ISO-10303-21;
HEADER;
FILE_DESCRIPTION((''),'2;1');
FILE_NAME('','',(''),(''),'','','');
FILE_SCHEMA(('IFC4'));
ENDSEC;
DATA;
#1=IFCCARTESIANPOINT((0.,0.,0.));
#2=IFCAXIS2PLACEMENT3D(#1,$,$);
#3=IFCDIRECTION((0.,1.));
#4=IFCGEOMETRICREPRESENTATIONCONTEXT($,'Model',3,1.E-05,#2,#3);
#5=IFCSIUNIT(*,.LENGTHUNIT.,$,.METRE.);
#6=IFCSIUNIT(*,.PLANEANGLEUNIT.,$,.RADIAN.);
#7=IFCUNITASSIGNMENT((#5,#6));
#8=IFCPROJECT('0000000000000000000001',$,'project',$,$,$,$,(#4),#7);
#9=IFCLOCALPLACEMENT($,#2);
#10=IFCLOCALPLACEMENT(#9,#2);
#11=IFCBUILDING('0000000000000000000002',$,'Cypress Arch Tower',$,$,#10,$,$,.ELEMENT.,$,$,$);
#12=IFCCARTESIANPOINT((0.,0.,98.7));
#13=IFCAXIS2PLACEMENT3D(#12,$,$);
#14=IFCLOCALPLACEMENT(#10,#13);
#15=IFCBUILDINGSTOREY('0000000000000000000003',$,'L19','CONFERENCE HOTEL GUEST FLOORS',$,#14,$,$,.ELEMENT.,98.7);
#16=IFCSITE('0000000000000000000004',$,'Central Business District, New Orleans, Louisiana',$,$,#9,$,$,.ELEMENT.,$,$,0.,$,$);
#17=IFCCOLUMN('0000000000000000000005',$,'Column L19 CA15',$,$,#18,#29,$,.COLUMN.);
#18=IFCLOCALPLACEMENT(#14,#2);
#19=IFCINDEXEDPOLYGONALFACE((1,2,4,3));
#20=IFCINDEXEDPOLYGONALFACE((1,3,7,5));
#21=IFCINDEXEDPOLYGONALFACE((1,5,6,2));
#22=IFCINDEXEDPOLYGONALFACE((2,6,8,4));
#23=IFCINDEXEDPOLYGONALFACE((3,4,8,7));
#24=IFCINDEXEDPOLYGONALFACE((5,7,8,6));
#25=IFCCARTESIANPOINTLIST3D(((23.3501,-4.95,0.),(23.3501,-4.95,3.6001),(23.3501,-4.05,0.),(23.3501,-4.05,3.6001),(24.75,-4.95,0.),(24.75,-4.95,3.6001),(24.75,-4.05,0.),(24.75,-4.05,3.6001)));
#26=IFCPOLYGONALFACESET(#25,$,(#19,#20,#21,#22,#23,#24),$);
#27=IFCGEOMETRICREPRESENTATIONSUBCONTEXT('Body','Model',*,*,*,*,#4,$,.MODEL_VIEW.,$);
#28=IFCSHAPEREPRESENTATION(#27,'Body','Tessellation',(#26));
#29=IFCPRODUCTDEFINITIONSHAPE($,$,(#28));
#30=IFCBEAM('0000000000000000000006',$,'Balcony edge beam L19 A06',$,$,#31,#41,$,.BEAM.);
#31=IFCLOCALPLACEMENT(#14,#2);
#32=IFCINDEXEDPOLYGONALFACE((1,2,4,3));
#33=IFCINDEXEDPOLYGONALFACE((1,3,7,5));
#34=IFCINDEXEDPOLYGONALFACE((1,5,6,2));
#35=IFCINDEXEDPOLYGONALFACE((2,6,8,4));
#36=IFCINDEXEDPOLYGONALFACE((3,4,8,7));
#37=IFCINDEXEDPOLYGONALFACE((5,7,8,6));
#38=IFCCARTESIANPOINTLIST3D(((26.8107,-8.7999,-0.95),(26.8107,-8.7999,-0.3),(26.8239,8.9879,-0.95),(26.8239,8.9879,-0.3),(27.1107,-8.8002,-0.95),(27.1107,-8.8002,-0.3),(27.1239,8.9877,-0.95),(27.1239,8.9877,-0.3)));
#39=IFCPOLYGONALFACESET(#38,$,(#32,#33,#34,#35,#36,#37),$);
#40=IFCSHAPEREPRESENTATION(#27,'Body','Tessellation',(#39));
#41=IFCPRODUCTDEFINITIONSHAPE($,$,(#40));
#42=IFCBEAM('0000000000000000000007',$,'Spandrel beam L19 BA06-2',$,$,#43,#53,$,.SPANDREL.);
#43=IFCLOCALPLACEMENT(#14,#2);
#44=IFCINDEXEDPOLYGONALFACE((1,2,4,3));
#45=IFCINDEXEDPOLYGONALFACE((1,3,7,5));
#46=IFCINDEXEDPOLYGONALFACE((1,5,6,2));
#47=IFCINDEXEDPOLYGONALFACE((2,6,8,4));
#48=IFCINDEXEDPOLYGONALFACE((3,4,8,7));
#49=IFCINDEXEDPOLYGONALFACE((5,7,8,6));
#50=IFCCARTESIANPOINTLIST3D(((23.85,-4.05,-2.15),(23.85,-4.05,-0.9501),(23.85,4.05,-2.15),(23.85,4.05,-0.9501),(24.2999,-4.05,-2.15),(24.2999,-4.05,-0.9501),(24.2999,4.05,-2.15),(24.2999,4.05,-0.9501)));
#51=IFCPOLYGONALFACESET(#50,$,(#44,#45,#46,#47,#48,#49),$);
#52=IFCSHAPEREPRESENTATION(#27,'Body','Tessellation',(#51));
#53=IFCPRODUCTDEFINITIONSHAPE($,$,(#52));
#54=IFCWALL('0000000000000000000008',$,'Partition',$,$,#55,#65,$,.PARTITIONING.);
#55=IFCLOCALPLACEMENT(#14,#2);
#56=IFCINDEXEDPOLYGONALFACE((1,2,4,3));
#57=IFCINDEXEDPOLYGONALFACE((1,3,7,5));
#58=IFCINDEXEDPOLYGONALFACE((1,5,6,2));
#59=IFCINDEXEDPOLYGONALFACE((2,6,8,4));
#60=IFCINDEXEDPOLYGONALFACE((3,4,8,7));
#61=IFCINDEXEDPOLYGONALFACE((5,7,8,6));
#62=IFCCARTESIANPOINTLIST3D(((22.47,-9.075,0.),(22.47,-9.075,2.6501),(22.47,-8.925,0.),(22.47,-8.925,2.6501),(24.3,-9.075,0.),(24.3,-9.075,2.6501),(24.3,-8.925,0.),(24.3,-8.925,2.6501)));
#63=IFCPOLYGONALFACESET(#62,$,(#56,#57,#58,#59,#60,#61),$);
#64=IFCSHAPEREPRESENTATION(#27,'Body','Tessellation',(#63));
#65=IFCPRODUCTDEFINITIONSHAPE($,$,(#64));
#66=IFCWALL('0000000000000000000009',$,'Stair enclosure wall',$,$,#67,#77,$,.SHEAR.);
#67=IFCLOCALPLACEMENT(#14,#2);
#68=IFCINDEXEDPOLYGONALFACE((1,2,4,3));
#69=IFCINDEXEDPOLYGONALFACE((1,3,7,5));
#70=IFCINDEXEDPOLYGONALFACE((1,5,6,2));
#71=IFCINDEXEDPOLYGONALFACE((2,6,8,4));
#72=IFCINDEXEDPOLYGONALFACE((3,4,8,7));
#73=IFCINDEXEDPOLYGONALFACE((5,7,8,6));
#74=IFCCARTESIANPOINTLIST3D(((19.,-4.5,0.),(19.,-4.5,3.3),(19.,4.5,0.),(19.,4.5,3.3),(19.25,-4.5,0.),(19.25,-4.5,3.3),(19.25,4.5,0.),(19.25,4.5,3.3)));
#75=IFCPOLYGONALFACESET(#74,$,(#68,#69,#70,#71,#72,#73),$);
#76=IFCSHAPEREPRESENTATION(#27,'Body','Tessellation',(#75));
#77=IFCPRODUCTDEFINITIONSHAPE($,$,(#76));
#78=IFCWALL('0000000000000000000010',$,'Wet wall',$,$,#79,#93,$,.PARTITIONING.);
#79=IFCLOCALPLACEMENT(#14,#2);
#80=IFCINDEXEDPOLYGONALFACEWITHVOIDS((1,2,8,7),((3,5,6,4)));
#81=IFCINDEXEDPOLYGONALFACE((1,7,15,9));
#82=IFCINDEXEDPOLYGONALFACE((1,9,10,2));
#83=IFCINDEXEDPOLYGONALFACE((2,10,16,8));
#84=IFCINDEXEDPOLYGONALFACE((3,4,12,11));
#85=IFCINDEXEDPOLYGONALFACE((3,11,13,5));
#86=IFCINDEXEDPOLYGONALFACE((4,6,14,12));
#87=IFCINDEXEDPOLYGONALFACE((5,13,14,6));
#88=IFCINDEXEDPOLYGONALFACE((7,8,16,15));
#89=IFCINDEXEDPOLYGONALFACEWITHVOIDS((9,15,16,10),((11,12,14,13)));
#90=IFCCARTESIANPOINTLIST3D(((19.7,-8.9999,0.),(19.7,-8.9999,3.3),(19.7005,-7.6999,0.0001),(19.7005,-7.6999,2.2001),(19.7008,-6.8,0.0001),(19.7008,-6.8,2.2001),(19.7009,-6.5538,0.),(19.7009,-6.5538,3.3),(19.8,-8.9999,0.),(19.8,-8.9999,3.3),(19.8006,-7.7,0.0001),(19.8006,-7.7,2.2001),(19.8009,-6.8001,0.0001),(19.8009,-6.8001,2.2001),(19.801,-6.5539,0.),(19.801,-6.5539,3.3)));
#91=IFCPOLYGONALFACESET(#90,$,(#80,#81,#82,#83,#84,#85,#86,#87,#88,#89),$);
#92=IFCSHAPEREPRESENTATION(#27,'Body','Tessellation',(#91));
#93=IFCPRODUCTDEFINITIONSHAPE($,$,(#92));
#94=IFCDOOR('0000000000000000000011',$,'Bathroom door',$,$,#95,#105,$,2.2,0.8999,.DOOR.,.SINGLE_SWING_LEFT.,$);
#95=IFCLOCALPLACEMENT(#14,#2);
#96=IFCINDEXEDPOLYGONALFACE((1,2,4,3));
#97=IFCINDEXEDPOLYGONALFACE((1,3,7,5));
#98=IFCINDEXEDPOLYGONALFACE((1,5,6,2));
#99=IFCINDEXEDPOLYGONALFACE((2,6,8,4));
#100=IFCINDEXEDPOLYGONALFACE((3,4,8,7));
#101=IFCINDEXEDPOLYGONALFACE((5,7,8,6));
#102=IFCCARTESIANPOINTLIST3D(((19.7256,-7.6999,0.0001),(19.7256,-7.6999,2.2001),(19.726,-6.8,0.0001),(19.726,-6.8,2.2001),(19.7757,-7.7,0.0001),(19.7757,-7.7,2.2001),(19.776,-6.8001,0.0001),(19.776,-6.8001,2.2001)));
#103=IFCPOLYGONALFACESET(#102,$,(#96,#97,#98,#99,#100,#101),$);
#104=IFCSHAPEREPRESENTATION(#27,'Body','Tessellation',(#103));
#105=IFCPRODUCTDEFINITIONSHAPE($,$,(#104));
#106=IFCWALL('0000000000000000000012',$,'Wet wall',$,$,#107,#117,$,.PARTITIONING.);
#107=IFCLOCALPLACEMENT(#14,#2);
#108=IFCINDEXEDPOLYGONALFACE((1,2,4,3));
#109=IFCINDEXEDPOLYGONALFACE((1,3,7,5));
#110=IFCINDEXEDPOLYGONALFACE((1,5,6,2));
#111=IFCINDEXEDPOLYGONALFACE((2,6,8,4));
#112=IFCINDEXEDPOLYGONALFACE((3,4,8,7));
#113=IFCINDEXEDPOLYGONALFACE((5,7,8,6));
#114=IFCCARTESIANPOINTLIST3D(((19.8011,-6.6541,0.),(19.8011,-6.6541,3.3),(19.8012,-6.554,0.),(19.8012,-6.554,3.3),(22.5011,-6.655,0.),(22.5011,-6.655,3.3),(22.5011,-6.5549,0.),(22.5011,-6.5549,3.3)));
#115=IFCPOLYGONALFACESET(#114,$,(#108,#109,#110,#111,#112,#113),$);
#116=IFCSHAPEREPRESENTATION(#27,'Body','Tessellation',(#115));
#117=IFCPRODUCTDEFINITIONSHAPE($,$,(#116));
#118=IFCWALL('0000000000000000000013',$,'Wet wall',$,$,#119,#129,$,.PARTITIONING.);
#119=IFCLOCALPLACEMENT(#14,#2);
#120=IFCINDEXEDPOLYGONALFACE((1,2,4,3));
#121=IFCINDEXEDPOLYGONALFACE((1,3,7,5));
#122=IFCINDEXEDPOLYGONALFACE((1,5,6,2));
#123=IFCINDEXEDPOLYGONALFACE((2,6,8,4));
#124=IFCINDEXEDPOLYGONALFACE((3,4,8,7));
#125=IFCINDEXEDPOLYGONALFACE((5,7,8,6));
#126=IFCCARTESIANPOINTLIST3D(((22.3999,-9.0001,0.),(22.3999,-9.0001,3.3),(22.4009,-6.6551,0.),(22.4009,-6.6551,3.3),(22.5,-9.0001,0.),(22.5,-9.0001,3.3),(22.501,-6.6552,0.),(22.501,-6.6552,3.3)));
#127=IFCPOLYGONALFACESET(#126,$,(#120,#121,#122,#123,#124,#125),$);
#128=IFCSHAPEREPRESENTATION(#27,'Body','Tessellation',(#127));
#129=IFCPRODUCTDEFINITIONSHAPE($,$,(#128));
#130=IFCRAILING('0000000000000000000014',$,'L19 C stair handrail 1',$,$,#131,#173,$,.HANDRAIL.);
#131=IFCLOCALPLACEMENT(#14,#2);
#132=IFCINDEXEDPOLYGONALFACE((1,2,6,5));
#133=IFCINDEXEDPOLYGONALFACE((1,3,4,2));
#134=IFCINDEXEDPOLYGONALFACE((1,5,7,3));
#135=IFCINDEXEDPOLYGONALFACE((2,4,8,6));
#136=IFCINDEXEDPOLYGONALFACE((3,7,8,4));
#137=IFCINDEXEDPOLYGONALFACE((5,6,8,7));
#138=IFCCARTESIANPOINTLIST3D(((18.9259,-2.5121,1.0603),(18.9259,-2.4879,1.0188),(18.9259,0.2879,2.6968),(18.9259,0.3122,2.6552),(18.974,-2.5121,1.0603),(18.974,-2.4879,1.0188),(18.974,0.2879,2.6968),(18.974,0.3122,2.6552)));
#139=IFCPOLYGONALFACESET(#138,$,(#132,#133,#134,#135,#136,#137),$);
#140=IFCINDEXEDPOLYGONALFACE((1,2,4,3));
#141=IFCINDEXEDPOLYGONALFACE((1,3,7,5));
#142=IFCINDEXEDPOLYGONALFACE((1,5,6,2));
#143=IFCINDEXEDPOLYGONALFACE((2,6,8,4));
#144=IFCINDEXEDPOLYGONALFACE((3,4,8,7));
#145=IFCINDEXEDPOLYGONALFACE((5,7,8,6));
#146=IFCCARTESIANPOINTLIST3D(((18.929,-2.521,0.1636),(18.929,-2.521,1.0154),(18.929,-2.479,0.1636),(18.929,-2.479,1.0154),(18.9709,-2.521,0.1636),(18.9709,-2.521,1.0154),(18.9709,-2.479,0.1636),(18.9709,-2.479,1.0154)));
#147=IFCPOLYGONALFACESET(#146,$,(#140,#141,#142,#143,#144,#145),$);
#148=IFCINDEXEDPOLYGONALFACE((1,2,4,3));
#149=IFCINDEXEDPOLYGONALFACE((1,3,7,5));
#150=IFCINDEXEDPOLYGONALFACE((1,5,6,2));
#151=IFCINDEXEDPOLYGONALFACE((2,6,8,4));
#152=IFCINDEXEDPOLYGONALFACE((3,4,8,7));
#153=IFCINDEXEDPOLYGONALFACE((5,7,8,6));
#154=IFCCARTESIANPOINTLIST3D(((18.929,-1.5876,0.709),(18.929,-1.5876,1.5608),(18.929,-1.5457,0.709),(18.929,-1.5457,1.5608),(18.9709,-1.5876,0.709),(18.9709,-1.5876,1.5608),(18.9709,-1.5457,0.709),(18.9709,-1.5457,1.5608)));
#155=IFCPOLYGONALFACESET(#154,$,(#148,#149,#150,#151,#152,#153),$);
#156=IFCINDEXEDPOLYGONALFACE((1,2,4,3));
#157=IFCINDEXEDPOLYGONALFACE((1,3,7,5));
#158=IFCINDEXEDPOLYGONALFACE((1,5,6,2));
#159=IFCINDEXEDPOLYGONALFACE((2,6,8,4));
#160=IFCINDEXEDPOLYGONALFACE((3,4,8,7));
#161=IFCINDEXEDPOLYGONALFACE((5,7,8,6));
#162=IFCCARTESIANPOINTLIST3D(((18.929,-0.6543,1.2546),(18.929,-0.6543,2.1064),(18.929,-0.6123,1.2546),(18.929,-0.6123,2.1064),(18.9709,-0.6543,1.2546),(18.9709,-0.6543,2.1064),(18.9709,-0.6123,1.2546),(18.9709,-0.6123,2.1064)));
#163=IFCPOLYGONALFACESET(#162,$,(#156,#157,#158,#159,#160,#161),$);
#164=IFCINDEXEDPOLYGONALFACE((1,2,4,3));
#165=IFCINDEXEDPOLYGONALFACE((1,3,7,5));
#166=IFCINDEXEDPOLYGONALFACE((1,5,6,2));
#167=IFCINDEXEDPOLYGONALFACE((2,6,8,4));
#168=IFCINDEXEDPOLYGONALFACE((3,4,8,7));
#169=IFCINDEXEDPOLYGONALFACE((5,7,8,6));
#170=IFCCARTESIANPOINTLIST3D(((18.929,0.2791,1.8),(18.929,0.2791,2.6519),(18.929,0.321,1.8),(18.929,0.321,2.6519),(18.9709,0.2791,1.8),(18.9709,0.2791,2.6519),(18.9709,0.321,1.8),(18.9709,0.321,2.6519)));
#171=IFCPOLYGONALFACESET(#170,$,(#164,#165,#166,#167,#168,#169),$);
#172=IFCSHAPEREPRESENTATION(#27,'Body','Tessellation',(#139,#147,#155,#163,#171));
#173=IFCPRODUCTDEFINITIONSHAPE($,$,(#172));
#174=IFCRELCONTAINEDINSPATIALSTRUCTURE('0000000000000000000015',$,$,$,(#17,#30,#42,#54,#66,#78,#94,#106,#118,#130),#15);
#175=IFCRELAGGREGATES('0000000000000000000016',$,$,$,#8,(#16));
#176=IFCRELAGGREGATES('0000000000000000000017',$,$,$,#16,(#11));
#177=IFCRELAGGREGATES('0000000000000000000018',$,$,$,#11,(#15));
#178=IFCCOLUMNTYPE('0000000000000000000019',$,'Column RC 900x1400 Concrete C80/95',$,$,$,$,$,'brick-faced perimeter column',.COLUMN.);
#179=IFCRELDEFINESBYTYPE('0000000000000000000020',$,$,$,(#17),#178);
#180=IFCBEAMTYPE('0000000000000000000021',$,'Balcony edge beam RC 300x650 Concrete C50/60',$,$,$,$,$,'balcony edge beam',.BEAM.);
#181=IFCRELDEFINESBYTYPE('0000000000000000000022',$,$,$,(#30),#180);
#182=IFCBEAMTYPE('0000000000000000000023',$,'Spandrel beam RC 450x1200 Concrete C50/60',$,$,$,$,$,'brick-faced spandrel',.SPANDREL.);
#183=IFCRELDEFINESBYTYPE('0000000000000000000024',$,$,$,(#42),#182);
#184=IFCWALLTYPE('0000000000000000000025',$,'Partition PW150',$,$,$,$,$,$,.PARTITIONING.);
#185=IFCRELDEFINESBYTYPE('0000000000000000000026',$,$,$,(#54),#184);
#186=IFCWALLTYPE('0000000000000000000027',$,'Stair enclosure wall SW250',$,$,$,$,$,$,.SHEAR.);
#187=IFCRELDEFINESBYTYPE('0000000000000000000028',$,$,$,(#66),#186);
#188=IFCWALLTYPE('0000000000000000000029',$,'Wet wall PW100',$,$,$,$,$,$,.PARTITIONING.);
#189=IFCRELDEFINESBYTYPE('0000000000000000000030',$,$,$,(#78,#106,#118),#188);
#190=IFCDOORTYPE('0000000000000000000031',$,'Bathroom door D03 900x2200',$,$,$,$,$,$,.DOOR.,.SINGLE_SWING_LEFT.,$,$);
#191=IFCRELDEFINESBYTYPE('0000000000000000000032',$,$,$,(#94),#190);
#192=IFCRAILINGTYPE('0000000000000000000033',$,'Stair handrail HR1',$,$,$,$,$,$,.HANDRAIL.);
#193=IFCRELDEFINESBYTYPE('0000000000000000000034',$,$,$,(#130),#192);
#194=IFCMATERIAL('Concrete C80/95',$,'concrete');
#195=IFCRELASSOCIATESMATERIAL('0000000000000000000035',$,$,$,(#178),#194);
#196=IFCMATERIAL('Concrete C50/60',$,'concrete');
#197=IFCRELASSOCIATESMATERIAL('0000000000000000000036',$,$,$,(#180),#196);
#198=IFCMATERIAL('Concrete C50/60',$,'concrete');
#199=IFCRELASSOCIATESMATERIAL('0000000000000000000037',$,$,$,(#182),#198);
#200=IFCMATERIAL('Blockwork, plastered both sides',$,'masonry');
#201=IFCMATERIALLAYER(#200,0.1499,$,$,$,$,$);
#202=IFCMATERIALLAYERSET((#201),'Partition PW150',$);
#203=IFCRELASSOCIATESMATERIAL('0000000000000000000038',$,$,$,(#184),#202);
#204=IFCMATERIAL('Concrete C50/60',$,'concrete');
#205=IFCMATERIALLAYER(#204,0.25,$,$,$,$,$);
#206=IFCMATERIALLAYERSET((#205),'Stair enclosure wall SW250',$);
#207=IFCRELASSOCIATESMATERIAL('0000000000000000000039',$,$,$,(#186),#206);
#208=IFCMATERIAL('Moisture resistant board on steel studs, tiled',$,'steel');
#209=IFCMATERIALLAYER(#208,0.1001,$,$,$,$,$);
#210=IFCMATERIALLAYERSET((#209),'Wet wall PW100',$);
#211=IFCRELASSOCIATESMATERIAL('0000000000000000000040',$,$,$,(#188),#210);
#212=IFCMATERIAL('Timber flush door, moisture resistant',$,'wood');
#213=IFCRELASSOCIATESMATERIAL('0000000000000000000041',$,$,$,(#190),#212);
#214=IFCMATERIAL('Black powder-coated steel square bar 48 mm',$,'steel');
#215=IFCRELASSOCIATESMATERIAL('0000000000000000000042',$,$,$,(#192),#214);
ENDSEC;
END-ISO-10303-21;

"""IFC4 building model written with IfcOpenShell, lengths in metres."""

from ifc_helpers import new_model, si_unit, direction, frame, frame_2d, origin, origin_2d, place, context, subcontext, project, spatial, rectangle, extrude, material, layer, layer_set, material_profile, profile_set, type_object, element, fill, save


model = new_model("IFC4")

# Units and contexts
model_context = context("Model", 3, precision=1e-05, world=origin(), true_north=direction((0.0, 1.0)))
body_context = subcontext(model_context, "Body", "Model", "MODEL_VIEW")
ifc_project = project(units=[si_unit("LENGTHUNIT", "METRE"), si_unit("PLANEANGLEUNIT", "RADIAN")], contexts=[model_context])

# Site, building, storey
site_placement = place(None, origin())
site = spatial("IfcSite", under=ifc_project, at=site_placement, Name="Central Business District, New Orleans, Louisiana", CompositionType="ELEMENT", RefElevation=0.0)
building_placement = place(site_placement, origin())
building = spatial("IfcBuilding", under=site, at=building_placement, Name="Cypress Arch Tower", CompositionType="ELEMENT")
storey_placement = place(building_placement, frame((0.0, 0.0, 98.7)))
storey = spatial("IfcBuildingStorey", under=building, at=storey_placement, Name="L19", Description="CONFERENCE HOTEL GUEST FLOORS", CompositionType="ELEMENT", Elevation=98.7)

# Column
ifc_material_1 = material(Name="Concrete C80/95", Category="concrete")
ifc_material_profile_1 = material_profile(ifc_material_1, rectangle(XDim=0.8999, YDim=1.3999, at=origin_2d()), Name="RC 900x1400")
ifc_profile_set_1 = profile_set([ifc_material_profile_1], Name="Concrete C80/95")
column_type = type_object("IfcColumnType", Name="Column RC 900x1400 Concrete C80/95", ElementType="brick-faced perimeter column", PredefinedType="COLUMN", material=ifc_profile_set_1)
column_placement = place(storey_placement, frame((24.05, -4.5, 0.0), z_axis=(0.0, 0.0, 1.0), x_axis=(0.0, 1.0, 0.0)))
element("IfcColumn", 1, at=column_placement, inside=storey, type_object=column_type, Name="Column L19 CA15", PredefinedType="COLUMN", context=body_context, shape_type="SweptSolid", body=[
    extrude(rectangle(XDim=0.8999, YDim=1.3999, at=origin_2d()), origin(), (0.0, 0.0, 1.0), 3.6001),
])

# Beams
ifc_material_2 = material(Name="Concrete C50/60", Category="concrete")
ifc_material_profile_2 = material_profile(ifc_material_2, rectangle(XDim=0.3, YDim=0.6499, at=origin_2d()), Name="RC 300x650")
ifc_profile_set_2 = profile_set([ifc_material_profile_2], Name="Concrete C50/60")
beam_type_1 = type_object("IfcBeamType", Name="Balcony edge beam RC 300x650 Concrete C50/60", ElementType="balcony edge beam", PredefinedType="BEAM", material=ifc_profile_set_2)
beam_1_placement = place(storey_placement, frame((26.9607, -8.8, -0.625), z_axis=(0.000741, 1.0, 0.0), x_axis=(-1.0, 0.000741, 0.0)))
element("IfcBeam", 2, at=beam_1_placement, inside=storey, type_object=beam_type_1, Name="Balcony edge beam L19 A06", PredefinedType="BEAM", context=body_context, shape_type="SweptSolid", body=[
    extrude(rectangle(XDim=0.3, YDim=0.6499, at=origin_2d()), origin(), (0.0, 0.0, 1.0), 17.7878),
])
ifc_material_3 = material(Name="Concrete C50/60", Category="concrete")
ifc_material_profile_3 = material_profile(ifc_material_3, rectangle(XDim=0.45, YDim=1.2, at=origin_2d()), Name="RC 450x1200")
ifc_profile_set_3 = profile_set([ifc_material_profile_3], Name="Concrete C50/60")
beam_type_2 = type_object("IfcBeamType", Name="Spandrel beam RC 450x1200 Concrete C50/60", ElementType="brick-faced spandrel", PredefinedType="SPANDREL", material=ifc_profile_set_3)
beam_2_placement = place(storey_placement, frame((24.075, -4.05, -1.55), z_axis=(0.0, 1.0, 0.0), x_axis=(-1.0, 0.0, 0.0)))
element("IfcBeam", 3, at=beam_2_placement, inside=storey, type_object=beam_type_2, Name="Spandrel beam L19 BA06-2", PredefinedType="SPANDREL", context=body_context, shape_type="SweptSolid", body=[
    extrude(rectangle(XDim=0.45, YDim=1.2, at=origin_2d()), origin(), (0.0, 0.0, 1.0), 8.1001),
])

# Walls
ifc_material_4 = material(Name="Blockwork, plastered both sides", Category="masonry")
ifc_layer_1 = layer(ifc_material_4, 0.1499)
ifc_layer_set_1 = layer_set([ifc_layer_1], Name="Partition PW150")
wall_type_1 = type_object("IfcWallType", Name="Partition PW150", PredefinedType="PARTITIONING", material=ifc_layer_set_1)
wall_1_placement = place(storey_placement, frame((22.47, -9.0, 0.0), z_axis=(0.0, 0.0, 1.0), x_axis=(1.0, 0.0, 0.0)))
element("IfcWall", 4, at=wall_1_placement, inside=storey, type_object=wall_type_1, Name="Partition", PredefinedType="PARTITIONING", context=body_context, shape_type="SweptSolid", body=[
    extrude(rectangle(XDim=1.8301, YDim=0.1499, at=frame_2d((0.915, 0.0))), origin(), (0.0, 0.0, 1.0), 2.6501),
])
ifc_material_5 = material(Name="Concrete C50/60", Category="concrete")
ifc_layer_2 = layer(ifc_material_5, 0.25)
ifc_layer_set_2 = layer_set([ifc_layer_2], Name="Stair enclosure wall SW250")
wall_type_2 = type_object("IfcWallType", Name="Stair enclosure wall SW250", PredefinedType="SHEAR", material=ifc_layer_set_2)
wall_2_placement = place(storey_placement, frame((19.125, -4.5, 0.0), z_axis=(0.0, 0.0, 1.0), x_axis=(0.0, 1.0, 0.0)))
element("IfcWall", 5, at=wall_2_placement, inside=storey, type_object=wall_type_2, Name="Stair enclosure wall", PredefinedType="SHEAR", context=body_context, shape_type="SweptSolid", body=[
    extrude(rectangle(XDim=9.0, YDim=0.25, at=frame_2d((4.5, 0.0))), origin(), (0.0, 0.0, 1.0), 3.3),
])

# Wall, opening, door
ifc_material_6 = material(Name="Moisture resistant board on steel studs, tiled", Category="steel")
ifc_layer_3 = layer(ifc_material_6, 0.1001)
ifc_layer_set_3 = layer_set([ifc_layer_3], Name="Wet wall PW100")
wall_type_3 = type_object("IfcWallType", Name="Wet wall PW100", PredefinedType="PARTITIONING", material=ifc_layer_set_3)
wall_3_placement = place(storey_placement, frame((19.75, -9.0, 0.0), z_axis=(0.0, 0.0, 1.0), x_axis=(0.000399, 1.0, 0.0)))
wall_3 = element("IfcWall", 6, at=wall_3_placement, inside=storey, type_object=wall_type_3, Name="Wet wall", PredefinedType="PARTITIONING", context=body_context, shape_type="SweptSolid", body=[
    extrude(rectangle(XDim=2.446, YDim=0.1001, at=frame_2d((1.2231, 0.0))), origin(), (0.0, 0.0, 1.0), 3.3),
])
opening_1_placement = place(wall_3_placement, frame((1.3, 0.0, 0.0)))
opening_1 = element("IfcOpeningElement", 7, at=opening_1_placement, cuts=wall_3, PredefinedType="OPENING", context=body_context, shape_type="SweptSolid", body=[
    extrude(rectangle(XDim=0.8999, YDim=2.2, at=frame_2d((0.45, 1.1001))), frame((0.0, 0.0601, 0.0), z_axis=(0.0, -1.0, 0.0), x_axis=(1.0, 0.0, 0.0)), (0.0, 0.0, 1.0), 0.1201),
])
ifc_material_7 = material(Name="Timber flush door, moisture resistant", Category="wood")
door_type_1 = type_object("IfcDoorType", Name="Bathroom door D03 900x2200", OperationType="SINGLE_SWING_LEFT", PredefinedType="DOOR", material=ifc_material_7)
door_1_placement = place(opening_1_placement, origin())
door_1 = element("IfcDoor", 8, at=door_1_placement, inside=storey, type_object=door_type_1, Name="Bathroom door", OperationType="SINGLE_SWING_LEFT", OverallHeight=2.2, OverallWidth=0.8999, PredefinedType="DOOR", context=body_context, shape_type="SweptSolid", body=[
    extrude(rectangle(XDim=0.8999, YDim=2.2, at=frame_2d((0.45, 1.1001))), frame((0.0, 0.0249, 0.0), z_axis=(0.0, -1.0, 0.0), x_axis=(1.0, 0.0, 0.0)), (0.0, 0.0, 1.0), 0.05),
])
fill(opening_1, door_1)

# Walls
wall_4_placement = place(storey_placement, frame((19.801, -6.604, 0.0), z_axis=(0.0, 0.0, 1.0), x_axis=(1.0, -0.000362, 0.0)))
element("IfcWall", 9, at=wall_4_placement, inside=storey, type_object=wall_type_3, Name="Wet wall", PredefinedType="PARTITIONING", context=body_context, shape_type="SweptSolid", body=[
    extrude(rectangle(XDim=2.7, YDim=0.1001, at=frame_2d((1.3501, 0.0))), origin(), (0.0, 0.0, 1.0), 3.3),
])
wall_5_placement = place(storey_placement, frame((22.45, -9.0, 0.0), z_axis=(0.0, 0.0, 1.0), x_axis=(0.000416, 1.0, 0.0)))
element("IfcWall", 10, at=wall_5_placement, inside=storey, type_object=wall_type_3, Name="Wet wall", PredefinedType="PARTITIONING", context=body_context, shape_type="SweptSolid", body=[
    extrude(rectangle(XDim=2.345, YDim=0.1001, at=frame_2d((1.1724, 0.0))), origin(), (0.0, 0.0, 1.0), 3.3),
])

# Railing
ifc_material_8 = material(Name="Black powder-coated steel square bar 48 mm", Category="steel")
railing_type_1 = type_object("IfcRailingType", Name="Stair handrail HR1", PredefinedType="HANDRAIL", material=ifc_material_8)
railing_1_placement = place(storey_placement, frame((18.95, -2.5, 0.1636)))
element("IfcRailing", 11, at=railing_1_placement, inside=storey, type_object=railing_type_1, Name="L19 C stair handrail 1", PredefinedType="HANDRAIL", context=body_context, shape_type="SweptSolid", body=[
    extrude(rectangle(XDim=0.0481, YDim=0.0481, at=origin_2d()), frame((0.0, 0.0, 0.876), z_axis=(0.0, 0.863361, 0.504587), x_axis=(-1.0, 0.0, 0.0)), (0.0, 0.0, 1.0), 3.2432),
    extrude(rectangle(XDim=0.042, YDim=0.042, at=origin_2d()), origin(), (0.0, 0.0, 1.0), 0.8518),
    extrude(rectangle(XDim=0.042, YDim=0.042, at=origin_2d()), frame((0.0, 0.9333, 0.5454)), (0.0, 0.0, 1.0), 0.8518),
    extrude(rectangle(XDim=0.042, YDim=0.042, at=origin_2d()), frame((0.0, 1.8667, 1.0911)), (0.0, 0.0, 1.0), 0.8518),
    extrude(rectangle(XDim=0.042, YDim=0.042, at=origin_2d()), frame((0.0, 2.8, 1.6365)), (0.0, 0.0, 1.0), 0.8518),
])

save(model, "model.ifc")
